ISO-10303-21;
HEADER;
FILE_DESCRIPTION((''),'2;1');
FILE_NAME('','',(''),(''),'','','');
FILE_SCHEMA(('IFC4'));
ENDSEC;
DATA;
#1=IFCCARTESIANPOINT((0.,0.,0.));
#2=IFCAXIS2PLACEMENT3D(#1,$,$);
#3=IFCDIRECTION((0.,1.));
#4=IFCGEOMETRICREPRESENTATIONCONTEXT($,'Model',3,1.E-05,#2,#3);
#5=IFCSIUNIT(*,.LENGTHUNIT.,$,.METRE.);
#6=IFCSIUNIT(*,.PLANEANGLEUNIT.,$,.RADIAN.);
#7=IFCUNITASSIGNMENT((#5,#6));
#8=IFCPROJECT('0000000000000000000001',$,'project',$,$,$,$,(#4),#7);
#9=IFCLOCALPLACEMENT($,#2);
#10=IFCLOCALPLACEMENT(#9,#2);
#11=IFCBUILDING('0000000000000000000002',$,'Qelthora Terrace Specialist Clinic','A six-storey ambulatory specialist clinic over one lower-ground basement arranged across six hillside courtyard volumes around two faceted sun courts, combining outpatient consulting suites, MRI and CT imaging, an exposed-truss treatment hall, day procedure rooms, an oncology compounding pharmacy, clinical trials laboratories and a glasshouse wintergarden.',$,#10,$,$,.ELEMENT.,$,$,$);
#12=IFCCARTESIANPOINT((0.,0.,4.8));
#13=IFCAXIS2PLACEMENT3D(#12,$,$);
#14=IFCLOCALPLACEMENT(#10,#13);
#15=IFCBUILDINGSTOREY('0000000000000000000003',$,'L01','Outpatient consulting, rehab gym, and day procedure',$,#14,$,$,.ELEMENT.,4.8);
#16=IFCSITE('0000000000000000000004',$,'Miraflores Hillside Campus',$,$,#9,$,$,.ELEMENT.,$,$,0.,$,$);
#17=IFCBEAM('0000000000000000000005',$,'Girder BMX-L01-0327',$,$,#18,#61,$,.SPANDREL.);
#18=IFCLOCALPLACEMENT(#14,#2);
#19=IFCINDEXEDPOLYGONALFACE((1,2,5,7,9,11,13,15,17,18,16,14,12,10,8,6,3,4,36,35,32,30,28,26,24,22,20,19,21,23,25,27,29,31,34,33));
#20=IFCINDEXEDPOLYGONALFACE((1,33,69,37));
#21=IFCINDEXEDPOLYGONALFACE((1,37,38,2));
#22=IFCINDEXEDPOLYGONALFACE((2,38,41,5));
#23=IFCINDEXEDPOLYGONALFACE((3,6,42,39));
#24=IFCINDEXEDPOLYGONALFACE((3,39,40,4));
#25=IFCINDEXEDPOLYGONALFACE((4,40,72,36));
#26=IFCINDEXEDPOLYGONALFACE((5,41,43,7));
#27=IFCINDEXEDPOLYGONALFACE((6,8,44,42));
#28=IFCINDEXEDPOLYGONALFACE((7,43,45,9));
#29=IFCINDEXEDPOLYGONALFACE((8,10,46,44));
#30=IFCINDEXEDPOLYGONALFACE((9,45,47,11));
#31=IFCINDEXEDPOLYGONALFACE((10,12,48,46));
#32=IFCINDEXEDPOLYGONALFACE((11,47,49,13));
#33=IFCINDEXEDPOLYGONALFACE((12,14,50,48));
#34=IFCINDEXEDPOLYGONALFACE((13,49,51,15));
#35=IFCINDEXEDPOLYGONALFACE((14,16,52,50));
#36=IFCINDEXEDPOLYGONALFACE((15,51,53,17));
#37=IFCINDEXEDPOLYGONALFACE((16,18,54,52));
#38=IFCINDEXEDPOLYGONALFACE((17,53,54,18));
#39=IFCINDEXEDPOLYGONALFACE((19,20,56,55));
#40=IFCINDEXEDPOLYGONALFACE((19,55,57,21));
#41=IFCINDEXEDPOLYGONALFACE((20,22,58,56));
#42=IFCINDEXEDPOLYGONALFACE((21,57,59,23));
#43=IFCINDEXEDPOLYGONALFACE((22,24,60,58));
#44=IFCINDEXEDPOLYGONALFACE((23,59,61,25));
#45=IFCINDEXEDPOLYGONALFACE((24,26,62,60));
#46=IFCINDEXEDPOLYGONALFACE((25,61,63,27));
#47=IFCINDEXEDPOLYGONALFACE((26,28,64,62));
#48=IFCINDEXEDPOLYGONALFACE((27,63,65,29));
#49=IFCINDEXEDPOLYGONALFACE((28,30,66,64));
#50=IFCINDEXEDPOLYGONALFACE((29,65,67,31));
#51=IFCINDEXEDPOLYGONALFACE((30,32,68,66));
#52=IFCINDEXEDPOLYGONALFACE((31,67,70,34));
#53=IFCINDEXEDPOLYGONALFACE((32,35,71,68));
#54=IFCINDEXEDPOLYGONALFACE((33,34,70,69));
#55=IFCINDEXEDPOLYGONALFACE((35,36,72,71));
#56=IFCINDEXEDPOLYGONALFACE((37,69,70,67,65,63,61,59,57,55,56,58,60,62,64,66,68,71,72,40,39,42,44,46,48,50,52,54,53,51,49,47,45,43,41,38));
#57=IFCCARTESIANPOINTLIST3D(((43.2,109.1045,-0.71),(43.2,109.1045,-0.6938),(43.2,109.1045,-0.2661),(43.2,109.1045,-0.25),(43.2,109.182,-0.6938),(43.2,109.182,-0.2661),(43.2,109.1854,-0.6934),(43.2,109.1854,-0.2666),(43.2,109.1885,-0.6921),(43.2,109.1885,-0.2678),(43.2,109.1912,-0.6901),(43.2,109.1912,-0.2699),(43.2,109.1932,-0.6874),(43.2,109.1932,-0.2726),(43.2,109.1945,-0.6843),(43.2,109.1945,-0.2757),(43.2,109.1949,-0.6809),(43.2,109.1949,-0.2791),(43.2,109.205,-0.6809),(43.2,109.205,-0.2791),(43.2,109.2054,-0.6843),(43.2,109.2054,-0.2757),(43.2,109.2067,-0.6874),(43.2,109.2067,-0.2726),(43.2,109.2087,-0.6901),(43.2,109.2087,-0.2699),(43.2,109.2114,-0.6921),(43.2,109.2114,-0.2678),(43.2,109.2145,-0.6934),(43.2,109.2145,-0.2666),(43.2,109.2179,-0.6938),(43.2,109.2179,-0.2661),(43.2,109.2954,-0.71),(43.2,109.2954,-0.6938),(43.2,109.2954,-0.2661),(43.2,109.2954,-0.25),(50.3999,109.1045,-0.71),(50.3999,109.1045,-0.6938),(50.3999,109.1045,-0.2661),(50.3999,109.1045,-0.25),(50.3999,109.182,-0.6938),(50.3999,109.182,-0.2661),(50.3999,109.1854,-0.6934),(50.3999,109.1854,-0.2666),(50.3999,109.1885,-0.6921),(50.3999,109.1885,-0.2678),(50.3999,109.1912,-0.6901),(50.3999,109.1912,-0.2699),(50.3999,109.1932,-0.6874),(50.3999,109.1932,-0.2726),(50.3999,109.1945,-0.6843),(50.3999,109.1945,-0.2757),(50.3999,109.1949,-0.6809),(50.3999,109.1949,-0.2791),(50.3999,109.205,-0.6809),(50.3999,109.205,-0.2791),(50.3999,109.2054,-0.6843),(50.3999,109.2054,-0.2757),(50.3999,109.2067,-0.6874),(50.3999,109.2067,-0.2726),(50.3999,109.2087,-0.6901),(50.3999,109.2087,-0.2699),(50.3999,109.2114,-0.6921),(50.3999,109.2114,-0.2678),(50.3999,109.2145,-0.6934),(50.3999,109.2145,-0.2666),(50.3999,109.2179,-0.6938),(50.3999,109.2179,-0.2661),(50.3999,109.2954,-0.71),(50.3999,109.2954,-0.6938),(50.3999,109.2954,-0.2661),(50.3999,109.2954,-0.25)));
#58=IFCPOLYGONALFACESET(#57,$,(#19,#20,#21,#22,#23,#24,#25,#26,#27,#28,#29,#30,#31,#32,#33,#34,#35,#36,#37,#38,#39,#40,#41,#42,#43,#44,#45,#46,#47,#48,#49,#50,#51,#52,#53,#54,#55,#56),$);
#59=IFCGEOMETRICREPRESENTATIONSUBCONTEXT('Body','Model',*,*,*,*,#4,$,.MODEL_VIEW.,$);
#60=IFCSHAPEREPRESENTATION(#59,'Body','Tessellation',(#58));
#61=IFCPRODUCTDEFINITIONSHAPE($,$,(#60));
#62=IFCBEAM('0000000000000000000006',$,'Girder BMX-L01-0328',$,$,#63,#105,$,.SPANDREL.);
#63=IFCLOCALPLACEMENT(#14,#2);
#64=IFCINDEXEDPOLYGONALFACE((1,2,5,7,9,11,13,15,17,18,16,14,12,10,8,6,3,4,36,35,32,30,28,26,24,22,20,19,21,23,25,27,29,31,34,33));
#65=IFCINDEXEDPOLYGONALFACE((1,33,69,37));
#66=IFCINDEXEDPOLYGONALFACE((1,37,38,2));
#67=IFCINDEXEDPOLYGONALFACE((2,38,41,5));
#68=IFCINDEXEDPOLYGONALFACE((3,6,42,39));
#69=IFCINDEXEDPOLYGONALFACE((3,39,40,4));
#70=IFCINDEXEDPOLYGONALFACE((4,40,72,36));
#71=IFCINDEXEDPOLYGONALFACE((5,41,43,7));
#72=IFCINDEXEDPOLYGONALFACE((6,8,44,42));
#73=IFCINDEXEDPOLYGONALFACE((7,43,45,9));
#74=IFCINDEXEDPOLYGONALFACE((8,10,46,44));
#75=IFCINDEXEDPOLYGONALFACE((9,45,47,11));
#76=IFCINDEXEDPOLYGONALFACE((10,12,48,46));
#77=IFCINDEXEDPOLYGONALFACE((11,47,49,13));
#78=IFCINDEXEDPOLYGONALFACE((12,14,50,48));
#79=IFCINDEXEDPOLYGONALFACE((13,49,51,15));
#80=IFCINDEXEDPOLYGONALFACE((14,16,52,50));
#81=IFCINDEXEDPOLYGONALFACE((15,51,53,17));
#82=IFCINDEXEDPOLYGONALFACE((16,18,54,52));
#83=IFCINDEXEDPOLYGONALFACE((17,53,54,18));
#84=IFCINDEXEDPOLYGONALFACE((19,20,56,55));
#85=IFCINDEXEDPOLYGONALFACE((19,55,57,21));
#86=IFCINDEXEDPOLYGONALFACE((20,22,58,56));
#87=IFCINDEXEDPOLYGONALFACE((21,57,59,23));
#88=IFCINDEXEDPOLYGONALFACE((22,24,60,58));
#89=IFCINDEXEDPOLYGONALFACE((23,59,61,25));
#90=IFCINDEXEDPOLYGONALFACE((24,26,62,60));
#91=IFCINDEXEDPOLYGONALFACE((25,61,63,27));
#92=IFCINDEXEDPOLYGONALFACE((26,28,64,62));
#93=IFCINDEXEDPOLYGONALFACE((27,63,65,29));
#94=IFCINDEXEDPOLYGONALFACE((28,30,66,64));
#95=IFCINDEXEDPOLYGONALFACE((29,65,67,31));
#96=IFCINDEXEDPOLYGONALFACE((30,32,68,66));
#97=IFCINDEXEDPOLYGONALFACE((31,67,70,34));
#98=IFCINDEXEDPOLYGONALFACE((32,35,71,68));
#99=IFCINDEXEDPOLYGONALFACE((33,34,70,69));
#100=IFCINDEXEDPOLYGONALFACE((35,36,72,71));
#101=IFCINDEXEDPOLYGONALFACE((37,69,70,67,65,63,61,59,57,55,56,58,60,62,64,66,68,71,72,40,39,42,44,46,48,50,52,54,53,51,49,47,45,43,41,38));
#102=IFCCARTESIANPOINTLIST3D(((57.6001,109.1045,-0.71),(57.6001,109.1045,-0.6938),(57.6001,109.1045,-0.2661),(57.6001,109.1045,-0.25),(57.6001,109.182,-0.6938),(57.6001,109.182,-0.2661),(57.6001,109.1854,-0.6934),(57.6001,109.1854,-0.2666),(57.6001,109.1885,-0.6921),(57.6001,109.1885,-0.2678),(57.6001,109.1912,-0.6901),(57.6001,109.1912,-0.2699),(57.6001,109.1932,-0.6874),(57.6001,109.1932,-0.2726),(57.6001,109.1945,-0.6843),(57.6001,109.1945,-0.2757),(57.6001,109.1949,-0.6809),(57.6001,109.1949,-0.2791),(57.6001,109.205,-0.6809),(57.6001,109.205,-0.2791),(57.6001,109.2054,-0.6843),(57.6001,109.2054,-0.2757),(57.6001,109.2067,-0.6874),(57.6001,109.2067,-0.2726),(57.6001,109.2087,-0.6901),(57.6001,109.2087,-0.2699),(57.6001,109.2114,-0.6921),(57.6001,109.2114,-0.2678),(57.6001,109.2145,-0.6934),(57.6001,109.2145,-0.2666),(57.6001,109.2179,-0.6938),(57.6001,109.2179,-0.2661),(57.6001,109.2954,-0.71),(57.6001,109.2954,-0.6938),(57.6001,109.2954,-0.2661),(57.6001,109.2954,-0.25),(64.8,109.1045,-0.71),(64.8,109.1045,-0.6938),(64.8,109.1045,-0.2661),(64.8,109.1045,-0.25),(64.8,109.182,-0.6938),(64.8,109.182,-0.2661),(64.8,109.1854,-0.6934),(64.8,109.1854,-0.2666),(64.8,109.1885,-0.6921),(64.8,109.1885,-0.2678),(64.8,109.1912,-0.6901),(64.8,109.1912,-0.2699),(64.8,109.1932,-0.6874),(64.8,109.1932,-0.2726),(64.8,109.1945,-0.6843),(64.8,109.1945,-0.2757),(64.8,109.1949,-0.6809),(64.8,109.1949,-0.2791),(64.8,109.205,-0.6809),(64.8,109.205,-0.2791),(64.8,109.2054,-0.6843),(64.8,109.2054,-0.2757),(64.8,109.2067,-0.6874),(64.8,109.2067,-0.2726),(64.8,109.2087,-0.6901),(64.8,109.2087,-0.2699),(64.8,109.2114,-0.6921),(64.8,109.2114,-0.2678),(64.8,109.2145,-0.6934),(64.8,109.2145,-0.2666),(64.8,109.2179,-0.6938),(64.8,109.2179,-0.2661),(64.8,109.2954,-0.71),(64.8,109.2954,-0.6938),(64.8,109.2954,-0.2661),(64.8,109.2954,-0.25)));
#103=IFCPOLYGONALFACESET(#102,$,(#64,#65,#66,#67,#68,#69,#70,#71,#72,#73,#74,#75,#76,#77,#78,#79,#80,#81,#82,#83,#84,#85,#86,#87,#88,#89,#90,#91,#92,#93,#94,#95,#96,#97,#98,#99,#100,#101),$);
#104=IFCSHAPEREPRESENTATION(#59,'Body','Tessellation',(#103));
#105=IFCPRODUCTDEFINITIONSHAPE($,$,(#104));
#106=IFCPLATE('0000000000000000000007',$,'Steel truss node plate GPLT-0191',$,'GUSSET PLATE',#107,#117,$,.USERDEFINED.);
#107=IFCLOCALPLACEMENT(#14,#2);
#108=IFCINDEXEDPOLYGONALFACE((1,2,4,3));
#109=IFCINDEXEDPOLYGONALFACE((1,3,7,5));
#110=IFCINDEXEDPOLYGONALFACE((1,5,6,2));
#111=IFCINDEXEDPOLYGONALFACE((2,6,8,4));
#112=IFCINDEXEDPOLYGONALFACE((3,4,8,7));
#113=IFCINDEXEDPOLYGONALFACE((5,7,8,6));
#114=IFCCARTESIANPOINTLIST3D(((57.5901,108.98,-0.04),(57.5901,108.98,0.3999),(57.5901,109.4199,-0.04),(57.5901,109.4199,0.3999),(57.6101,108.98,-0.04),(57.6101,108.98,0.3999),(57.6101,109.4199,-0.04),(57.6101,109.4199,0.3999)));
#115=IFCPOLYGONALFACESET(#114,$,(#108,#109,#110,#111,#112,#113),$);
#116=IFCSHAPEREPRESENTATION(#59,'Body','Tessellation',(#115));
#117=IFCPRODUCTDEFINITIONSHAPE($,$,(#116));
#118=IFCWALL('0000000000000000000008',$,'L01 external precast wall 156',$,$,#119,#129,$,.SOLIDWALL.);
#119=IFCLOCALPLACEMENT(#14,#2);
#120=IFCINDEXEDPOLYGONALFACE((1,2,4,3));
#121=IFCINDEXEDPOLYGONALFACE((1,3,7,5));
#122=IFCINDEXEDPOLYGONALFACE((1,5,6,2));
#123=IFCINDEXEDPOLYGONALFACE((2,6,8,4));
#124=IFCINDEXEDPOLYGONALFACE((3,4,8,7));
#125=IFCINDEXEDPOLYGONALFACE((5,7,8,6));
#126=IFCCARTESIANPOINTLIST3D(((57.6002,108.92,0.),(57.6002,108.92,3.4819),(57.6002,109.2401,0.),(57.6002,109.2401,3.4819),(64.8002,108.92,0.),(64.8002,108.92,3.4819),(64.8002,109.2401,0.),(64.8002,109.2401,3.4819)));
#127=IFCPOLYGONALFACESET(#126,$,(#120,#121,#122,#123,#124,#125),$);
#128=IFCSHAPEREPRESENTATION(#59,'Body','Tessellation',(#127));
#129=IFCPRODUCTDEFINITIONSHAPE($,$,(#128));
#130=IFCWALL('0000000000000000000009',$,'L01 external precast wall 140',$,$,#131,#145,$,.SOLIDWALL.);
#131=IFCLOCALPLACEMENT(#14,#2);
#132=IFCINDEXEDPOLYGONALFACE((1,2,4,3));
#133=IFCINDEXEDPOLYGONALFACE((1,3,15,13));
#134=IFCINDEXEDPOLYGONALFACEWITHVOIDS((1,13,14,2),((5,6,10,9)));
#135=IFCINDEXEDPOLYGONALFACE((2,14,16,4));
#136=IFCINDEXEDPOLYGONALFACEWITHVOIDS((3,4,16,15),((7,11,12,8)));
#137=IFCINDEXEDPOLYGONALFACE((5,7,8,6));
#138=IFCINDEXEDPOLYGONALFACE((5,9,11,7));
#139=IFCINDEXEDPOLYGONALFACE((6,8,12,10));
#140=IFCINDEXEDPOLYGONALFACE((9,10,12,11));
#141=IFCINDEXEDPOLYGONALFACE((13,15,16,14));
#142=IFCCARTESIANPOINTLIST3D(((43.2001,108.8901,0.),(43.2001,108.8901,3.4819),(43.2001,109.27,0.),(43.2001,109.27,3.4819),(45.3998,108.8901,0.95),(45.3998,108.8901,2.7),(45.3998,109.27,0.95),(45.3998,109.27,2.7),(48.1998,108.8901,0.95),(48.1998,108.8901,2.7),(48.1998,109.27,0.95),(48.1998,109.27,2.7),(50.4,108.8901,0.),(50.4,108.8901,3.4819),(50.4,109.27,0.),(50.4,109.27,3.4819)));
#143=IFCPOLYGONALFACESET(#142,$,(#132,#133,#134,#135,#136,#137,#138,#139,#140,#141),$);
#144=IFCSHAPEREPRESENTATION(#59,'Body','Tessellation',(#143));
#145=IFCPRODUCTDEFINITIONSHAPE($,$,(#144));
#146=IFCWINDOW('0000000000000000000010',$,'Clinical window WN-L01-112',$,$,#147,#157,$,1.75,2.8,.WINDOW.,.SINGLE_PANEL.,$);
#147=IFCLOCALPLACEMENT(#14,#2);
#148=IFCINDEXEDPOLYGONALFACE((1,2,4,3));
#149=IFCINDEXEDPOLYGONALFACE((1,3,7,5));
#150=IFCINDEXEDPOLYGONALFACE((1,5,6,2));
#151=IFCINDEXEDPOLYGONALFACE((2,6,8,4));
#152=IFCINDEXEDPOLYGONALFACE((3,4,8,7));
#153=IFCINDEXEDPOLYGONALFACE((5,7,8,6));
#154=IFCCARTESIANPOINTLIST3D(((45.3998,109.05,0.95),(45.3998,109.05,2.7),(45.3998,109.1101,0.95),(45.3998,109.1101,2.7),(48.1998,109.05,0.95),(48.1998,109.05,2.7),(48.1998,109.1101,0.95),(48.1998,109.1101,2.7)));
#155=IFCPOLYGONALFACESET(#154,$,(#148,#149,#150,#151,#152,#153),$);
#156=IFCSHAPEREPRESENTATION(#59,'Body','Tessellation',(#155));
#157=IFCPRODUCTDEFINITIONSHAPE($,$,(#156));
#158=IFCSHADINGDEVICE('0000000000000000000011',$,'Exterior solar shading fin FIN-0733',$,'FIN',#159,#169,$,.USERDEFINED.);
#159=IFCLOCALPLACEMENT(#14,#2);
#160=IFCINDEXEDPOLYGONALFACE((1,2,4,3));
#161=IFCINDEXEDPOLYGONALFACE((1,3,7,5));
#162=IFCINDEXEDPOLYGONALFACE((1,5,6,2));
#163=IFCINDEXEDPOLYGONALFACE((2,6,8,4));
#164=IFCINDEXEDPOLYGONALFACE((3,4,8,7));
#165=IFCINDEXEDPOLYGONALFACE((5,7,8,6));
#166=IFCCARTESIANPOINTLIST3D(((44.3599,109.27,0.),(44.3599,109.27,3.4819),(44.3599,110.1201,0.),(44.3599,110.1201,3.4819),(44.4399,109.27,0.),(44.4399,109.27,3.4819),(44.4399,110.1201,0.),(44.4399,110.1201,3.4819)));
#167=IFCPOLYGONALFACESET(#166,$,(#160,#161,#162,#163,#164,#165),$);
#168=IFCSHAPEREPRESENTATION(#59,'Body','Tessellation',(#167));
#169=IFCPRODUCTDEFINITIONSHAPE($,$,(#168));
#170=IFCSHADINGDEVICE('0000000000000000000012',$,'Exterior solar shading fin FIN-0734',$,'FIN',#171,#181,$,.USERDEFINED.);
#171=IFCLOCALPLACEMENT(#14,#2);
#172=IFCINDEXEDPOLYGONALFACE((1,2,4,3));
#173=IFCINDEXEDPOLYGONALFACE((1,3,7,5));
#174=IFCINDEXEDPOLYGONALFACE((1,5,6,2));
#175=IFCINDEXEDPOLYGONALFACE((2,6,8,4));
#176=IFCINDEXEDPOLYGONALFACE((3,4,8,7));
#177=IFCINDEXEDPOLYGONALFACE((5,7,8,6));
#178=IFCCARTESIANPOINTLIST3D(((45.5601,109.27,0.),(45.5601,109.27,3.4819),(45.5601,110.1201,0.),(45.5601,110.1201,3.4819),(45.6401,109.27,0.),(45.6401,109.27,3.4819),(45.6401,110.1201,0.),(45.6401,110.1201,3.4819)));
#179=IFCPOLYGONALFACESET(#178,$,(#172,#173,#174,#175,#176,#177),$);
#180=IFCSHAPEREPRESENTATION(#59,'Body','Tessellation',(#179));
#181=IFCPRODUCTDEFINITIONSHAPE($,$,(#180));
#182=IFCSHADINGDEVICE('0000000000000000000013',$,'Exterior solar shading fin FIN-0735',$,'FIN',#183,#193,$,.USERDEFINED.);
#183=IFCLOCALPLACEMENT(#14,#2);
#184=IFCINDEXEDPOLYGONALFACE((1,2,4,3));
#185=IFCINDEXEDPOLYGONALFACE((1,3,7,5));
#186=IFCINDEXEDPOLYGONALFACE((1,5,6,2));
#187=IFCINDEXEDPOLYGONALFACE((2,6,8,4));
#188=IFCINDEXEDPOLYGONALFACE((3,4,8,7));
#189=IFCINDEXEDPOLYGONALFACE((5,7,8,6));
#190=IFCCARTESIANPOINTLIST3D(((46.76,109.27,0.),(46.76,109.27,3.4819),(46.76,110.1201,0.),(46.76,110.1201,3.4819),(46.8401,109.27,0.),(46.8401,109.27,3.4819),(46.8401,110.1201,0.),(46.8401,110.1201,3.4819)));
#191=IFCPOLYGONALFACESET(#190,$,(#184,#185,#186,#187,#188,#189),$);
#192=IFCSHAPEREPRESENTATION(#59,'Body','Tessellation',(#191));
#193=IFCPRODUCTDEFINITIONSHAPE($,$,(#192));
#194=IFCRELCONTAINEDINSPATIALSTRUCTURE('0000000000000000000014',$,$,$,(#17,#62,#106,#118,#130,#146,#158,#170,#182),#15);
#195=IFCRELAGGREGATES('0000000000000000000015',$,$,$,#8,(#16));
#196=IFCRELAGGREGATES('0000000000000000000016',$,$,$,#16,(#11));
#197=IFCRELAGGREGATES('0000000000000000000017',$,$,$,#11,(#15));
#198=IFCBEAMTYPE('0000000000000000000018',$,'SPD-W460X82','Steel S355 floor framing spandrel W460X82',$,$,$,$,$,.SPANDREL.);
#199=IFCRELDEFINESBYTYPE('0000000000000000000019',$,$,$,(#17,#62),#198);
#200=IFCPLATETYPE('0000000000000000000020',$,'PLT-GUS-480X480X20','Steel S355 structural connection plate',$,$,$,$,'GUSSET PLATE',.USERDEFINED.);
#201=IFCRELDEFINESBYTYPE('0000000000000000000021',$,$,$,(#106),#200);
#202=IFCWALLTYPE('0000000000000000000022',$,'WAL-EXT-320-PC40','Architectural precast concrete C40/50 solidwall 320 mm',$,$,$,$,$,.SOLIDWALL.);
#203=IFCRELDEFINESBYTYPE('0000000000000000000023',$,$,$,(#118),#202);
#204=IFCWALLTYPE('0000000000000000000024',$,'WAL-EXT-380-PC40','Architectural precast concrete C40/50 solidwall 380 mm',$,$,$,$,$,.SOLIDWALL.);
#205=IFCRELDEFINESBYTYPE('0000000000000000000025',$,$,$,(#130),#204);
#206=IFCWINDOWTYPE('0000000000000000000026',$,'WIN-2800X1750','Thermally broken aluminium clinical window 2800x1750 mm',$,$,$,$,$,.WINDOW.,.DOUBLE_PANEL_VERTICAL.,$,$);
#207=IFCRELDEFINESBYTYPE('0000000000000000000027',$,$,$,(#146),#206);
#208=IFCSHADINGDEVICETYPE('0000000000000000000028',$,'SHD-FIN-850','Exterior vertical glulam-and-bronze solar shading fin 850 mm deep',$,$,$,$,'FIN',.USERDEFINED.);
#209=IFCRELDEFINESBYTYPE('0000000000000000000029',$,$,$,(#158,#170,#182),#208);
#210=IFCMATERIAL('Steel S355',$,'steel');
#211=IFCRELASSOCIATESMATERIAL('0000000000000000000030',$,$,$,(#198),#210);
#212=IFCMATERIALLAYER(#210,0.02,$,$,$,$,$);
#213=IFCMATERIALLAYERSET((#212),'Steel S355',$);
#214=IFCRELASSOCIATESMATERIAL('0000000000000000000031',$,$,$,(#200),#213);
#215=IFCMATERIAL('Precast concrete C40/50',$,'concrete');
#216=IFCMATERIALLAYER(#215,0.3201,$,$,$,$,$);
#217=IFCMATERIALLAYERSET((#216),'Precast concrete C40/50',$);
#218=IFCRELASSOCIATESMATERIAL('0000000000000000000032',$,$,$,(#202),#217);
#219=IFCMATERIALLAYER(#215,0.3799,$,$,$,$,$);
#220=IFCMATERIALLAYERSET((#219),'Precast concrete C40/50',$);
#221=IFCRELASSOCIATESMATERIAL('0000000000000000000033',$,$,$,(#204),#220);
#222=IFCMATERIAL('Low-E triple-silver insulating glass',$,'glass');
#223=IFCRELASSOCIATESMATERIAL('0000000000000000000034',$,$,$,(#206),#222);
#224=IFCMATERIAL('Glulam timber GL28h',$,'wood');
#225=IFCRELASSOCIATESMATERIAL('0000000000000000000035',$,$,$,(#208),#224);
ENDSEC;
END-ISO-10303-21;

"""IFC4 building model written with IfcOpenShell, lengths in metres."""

from ifc_helpers import new_model, si_unit, direction, frame, frame_2d, origin, origin_2d, place, context, subcontext, project, spatial, rectangle, i_section, extrude, material, layer, layer_set, material_profile, profile_set, type_object, element, fill, save


model = new_model("IFC4")

# Units and contexts
model_context = context("Model", 3, precision=1e-05, world=origin(), true_north=direction((0.0, 1.0)))
body_context = subcontext(model_context, "Body", "Model", "MODEL_VIEW")
ifc_project = project(units=[si_unit("LENGTHUNIT", "METRE"), si_unit("PLANEANGLEUNIT", "RADIAN")], contexts=[model_context])

# Site, building, storey
site_placement = place(None, origin())
site = spatial("IfcSite", under=ifc_project, at=site_placement, Name="Miraflores Hillside Campus", CompositionType="ELEMENT", RefElevation=0.0)
building_placement = place(site_placement, origin())
building = spatial("IfcBuilding", under=site, at=building_placement, Name="Qelthora Terrace Specialist Clinic", Description="A six-storey ambulatory specialist clinic over one lower-ground basement arranged across six hillside courtyard volumes around two faceted sun courts, combining outpatient consulting suites, MRI and CT imaging, an exposed-truss treatment hall, day procedure rooms, an oncology compounding pharmacy, clinical trials laboratories and a glasshouse wintergarden.", CompositionType="ELEMENT")
storey_placement = place(building_placement, frame((0.0, 0.0, 4.8)))
storey = spatial("IfcBuildingStorey", under=building, at=storey_placement, Name="L01", Description="Outpatient consulting, rehab gym, and day procedure", CompositionType="ELEMENT", Elevation=4.8)

# Shared definitions
ifc_material_1 = material(Name="Steel S355", Category="steel")

# Beams
ifc_material_profile_1 = material_profile(ifc_material_1, i_section(OverallWidth=0.1909, OverallDepth=0.46, WebThickness=0.01, FlangeThickness=0.0161, FilletRadius=0.0129, at=origin_2d()), Name="W460X82")
ifc_profile_set_1 = profile_set([ifc_material_profile_1], Name="Steel S355")
beam_type_1 = type_object("IfcBeamType", Name="SPD-W460X82", Description="Steel S355 floor framing spandrel W460X82", PredefinedType="SPANDREL", material=ifc_profile_set_1)
for number, where, z_axis, x_axis, name in (
    (1, (43.2, 109.2, -0.48), (1.0, 0.0, 0.0), (0.0, 1.0, 0.0), "Girder BMX-L01-0327"),
    (2, (57.6001, 109.2, -0.48), (1.0, 0.0, 0.0), (0.0, 1.0, 0.0), "Girder BMX-L01-0328"),
):
    element("IfcBeam", number, at=place(storey_placement, frame(where, z_axis=z_axis, x_axis=x_axis)), inside=storey, type_object=beam_type_1, Name=name, PredefinedType="SPANDREL", context=body_context, shape_type="SweptSolid", body=[
        extrude(i_section(OverallWidth=0.1909, OverallDepth=0.46, WebThickness=0.01, FlangeThickness=0.0161, FilletRadius=0.0129, at=origin_2d()), origin(), (0.0, 0.0, 1.0), 7.2),
    ])

# Plate
ifc_layer_1 = layer(ifc_material_1, 0.02)
ifc_layer_set_1 = layer_set([ifc_layer_1], Name="Steel S355")
plate_type = type_object("IfcPlateType", Name="PLT-GUS-480X480X20", Description="Steel S355 structural connection plate", ElementType="GUSSET PLATE", PredefinedType="USERDEFINED", material=ifc_layer_set_1)
plate_placement = place(storey_placement, frame((57.6001, 109.2, -0.04), z_axis=(0.0, 0.0, 1.0), x_axis=(1.0, 0.0, 0.0)))
element("IfcPlate", 3, at=plate_placement, inside=storey, type_object=plate_type, Name="Steel truss node plate GPLT-0191", ObjectType="GUSSET PLATE", PredefinedType="USERDEFINED", context=body_context, shape_type="SweptSolid", body=[
    extrude(rectangle(XDim=0.02, YDim=0.4399, at=origin_2d()), origin(), (0.0, 0.0, 1.0), 0.4399),
])

# Wall
ifc_material_2 = material(Name="Precast concrete C40/50", Category="concrete")
ifc_layer_2 = layer(ifc_material_2, 0.3201)
ifc_layer_set_2 = layer_set([ifc_layer_2], Name="Precast concrete C40/50")
wall_type_1 = type_object("IfcWallType", Name="WAL-EXT-320-PC40", Description="Architectural precast concrete C40/50 solidwall 320 mm", PredefinedType="SOLIDWALL", material=ifc_layer_set_2)
wall_1_placement = place(storey_placement, frame((57.6001, 109.0801, 0.0), z_axis=(0.0, 0.0, 1.0), x_axis=(1.0, 0.0, 0.0)))
element("IfcWall", 4, at=wall_1_placement, inside=storey, type_object=wall_type_1, Name="L01 external precast wall 156", PredefinedType="SOLIDWALL", context=body_context, shape_type="SweptSolid", body=[
    extrude(rectangle(XDim=7.2, YDim=0.3201, at=frame_2d((3.6001, 0.0))), origin(), (0.0, 0.0, 1.0), 3.4819),
])

# Wall, opening, window
ifc_layer_3 = layer(ifc_material_2, 0.3799)
ifc_layer_set_3 = layer_set([ifc_layer_3], Name="Precast concrete C40/50")
wall_type_2 = type_object("IfcWallType", Name="WAL-EXT-380-PC40", Description="Architectural precast concrete C40/50 solidwall 380 mm", PredefinedType="SOLIDWALL", material=ifc_layer_set_3)
wall_2_placement = place(storey_placement, frame((43.2, 109.0801, 0.0), z_axis=(0.0, 0.0, 1.0), x_axis=(1.0, 0.0, 0.0)))
wall_2 = element("IfcWall", 5, at=wall_2_placement, inside=storey, type_object=wall_type_2, Name="L01 external precast wall 140", PredefinedType="SOLIDWALL", context=body_context, shape_type="SweptSolid", body=[
    extrude(rectangle(XDim=7.2, YDim=0.3799, at=frame_2d((3.6001, 0.0))), origin(), (0.0, 0.0, 1.0), 3.4819),
])
opening_placement = place(wall_2_placement, frame((2.2, 0.0, 0.95)))
opening = element("IfcOpeningElement", 6, at=opening_placement, cuts=wall_2, PredefinedType="OPENING", context=body_context, shape_type="SweptSolid", body=[
    extrude(rectangle(XDim=2.8, YDim=1.75, at=frame_2d((1.3999, 0.875))), frame((0.0, 0.2, 0.0), z_axis=(0.0, -1.0, 0.0), x_axis=(1.0, 0.0, 0.0)), (0.0, 0.0, 1.0), 0.3999),
])
ifc_material_3 = material(Name="Low-E triple-silver insulating glass", Category="glass")
window_type = type_object("IfcWindowType", Name="WIN-2800X1750", Description="Thermally broken aluminium clinical window 2800x1750 mm", PartitioningType="DOUBLE_PANEL_VERTICAL", PredefinedType="WINDOW", material=ifc_material_3)
window_placement = place(opening_placement, origin())
window = element("IfcWindow", 7, at=window_placement, inside=storey, type_object=window_type, Name="Clinical window WN-L01-112", OverallHeight=1.75, OverallWidth=2.8, PartitioningType="SINGLE_PANEL", PredefinedType="WINDOW", context=body_context, shape_type="SweptSolid", body=[
    extrude(rectangle(XDim=2.8, YDim=1.75, at=frame_2d((1.3999, 0.875))), frame((0.0, 0.03, 0.0), z_axis=(0.0, -1.0, 0.0), x_axis=(1.0, 0.0, 0.0)), (0.0, 0.0, 1.0), 0.0601),
])
fill(opening, window)

# Shading devices
ifc_material_4 = material(Name="Glulam timber GL28h", Category="wood")
shading_device_type = type_object("IfcShadingDeviceType", Name="SHD-FIN-850", Description="Exterior vertical glulam-and-bronze solar shading fin 850 mm deep", ElementType="FIN", PredefinedType="USERDEFINED", material=ifc_material_4)
for number, where, z_axis, x_axis, name in (
    (8, (44.3999, 109.6951, 0.0), (0.0, 0.0, 1.0), (0.0, 1.0, 0.0), "Exterior solar shading fin FIN-0733"),
    (9, (45.6001, 109.6951, 0.0), (0.0, 0.0, 1.0), (0.0, 1.0, 0.0), "Exterior solar shading fin FIN-0734"),
    (10, (46.8, 109.6951, 0.0), (0.0, 0.0, 1.0), (0.0, 1.0, 0.0), "Exterior solar shading fin FIN-0735"),
):
    element("IfcShadingDevice", number, at=place(storey_placement, frame(where, z_axis=z_axis, x_axis=x_axis)), inside=storey, type_object=shading_device_type, Name=name, ObjectType="FIN", PredefinedType="USERDEFINED", context=body_context, shape_type="SweptSolid", body=[
        extrude(rectangle(XDim=0.8501, YDim=0.0801, at=origin_2d()), origin(), (0.0, 0.0, 1.0), 3.4819),
    ])

save(model, "model.ifc")
